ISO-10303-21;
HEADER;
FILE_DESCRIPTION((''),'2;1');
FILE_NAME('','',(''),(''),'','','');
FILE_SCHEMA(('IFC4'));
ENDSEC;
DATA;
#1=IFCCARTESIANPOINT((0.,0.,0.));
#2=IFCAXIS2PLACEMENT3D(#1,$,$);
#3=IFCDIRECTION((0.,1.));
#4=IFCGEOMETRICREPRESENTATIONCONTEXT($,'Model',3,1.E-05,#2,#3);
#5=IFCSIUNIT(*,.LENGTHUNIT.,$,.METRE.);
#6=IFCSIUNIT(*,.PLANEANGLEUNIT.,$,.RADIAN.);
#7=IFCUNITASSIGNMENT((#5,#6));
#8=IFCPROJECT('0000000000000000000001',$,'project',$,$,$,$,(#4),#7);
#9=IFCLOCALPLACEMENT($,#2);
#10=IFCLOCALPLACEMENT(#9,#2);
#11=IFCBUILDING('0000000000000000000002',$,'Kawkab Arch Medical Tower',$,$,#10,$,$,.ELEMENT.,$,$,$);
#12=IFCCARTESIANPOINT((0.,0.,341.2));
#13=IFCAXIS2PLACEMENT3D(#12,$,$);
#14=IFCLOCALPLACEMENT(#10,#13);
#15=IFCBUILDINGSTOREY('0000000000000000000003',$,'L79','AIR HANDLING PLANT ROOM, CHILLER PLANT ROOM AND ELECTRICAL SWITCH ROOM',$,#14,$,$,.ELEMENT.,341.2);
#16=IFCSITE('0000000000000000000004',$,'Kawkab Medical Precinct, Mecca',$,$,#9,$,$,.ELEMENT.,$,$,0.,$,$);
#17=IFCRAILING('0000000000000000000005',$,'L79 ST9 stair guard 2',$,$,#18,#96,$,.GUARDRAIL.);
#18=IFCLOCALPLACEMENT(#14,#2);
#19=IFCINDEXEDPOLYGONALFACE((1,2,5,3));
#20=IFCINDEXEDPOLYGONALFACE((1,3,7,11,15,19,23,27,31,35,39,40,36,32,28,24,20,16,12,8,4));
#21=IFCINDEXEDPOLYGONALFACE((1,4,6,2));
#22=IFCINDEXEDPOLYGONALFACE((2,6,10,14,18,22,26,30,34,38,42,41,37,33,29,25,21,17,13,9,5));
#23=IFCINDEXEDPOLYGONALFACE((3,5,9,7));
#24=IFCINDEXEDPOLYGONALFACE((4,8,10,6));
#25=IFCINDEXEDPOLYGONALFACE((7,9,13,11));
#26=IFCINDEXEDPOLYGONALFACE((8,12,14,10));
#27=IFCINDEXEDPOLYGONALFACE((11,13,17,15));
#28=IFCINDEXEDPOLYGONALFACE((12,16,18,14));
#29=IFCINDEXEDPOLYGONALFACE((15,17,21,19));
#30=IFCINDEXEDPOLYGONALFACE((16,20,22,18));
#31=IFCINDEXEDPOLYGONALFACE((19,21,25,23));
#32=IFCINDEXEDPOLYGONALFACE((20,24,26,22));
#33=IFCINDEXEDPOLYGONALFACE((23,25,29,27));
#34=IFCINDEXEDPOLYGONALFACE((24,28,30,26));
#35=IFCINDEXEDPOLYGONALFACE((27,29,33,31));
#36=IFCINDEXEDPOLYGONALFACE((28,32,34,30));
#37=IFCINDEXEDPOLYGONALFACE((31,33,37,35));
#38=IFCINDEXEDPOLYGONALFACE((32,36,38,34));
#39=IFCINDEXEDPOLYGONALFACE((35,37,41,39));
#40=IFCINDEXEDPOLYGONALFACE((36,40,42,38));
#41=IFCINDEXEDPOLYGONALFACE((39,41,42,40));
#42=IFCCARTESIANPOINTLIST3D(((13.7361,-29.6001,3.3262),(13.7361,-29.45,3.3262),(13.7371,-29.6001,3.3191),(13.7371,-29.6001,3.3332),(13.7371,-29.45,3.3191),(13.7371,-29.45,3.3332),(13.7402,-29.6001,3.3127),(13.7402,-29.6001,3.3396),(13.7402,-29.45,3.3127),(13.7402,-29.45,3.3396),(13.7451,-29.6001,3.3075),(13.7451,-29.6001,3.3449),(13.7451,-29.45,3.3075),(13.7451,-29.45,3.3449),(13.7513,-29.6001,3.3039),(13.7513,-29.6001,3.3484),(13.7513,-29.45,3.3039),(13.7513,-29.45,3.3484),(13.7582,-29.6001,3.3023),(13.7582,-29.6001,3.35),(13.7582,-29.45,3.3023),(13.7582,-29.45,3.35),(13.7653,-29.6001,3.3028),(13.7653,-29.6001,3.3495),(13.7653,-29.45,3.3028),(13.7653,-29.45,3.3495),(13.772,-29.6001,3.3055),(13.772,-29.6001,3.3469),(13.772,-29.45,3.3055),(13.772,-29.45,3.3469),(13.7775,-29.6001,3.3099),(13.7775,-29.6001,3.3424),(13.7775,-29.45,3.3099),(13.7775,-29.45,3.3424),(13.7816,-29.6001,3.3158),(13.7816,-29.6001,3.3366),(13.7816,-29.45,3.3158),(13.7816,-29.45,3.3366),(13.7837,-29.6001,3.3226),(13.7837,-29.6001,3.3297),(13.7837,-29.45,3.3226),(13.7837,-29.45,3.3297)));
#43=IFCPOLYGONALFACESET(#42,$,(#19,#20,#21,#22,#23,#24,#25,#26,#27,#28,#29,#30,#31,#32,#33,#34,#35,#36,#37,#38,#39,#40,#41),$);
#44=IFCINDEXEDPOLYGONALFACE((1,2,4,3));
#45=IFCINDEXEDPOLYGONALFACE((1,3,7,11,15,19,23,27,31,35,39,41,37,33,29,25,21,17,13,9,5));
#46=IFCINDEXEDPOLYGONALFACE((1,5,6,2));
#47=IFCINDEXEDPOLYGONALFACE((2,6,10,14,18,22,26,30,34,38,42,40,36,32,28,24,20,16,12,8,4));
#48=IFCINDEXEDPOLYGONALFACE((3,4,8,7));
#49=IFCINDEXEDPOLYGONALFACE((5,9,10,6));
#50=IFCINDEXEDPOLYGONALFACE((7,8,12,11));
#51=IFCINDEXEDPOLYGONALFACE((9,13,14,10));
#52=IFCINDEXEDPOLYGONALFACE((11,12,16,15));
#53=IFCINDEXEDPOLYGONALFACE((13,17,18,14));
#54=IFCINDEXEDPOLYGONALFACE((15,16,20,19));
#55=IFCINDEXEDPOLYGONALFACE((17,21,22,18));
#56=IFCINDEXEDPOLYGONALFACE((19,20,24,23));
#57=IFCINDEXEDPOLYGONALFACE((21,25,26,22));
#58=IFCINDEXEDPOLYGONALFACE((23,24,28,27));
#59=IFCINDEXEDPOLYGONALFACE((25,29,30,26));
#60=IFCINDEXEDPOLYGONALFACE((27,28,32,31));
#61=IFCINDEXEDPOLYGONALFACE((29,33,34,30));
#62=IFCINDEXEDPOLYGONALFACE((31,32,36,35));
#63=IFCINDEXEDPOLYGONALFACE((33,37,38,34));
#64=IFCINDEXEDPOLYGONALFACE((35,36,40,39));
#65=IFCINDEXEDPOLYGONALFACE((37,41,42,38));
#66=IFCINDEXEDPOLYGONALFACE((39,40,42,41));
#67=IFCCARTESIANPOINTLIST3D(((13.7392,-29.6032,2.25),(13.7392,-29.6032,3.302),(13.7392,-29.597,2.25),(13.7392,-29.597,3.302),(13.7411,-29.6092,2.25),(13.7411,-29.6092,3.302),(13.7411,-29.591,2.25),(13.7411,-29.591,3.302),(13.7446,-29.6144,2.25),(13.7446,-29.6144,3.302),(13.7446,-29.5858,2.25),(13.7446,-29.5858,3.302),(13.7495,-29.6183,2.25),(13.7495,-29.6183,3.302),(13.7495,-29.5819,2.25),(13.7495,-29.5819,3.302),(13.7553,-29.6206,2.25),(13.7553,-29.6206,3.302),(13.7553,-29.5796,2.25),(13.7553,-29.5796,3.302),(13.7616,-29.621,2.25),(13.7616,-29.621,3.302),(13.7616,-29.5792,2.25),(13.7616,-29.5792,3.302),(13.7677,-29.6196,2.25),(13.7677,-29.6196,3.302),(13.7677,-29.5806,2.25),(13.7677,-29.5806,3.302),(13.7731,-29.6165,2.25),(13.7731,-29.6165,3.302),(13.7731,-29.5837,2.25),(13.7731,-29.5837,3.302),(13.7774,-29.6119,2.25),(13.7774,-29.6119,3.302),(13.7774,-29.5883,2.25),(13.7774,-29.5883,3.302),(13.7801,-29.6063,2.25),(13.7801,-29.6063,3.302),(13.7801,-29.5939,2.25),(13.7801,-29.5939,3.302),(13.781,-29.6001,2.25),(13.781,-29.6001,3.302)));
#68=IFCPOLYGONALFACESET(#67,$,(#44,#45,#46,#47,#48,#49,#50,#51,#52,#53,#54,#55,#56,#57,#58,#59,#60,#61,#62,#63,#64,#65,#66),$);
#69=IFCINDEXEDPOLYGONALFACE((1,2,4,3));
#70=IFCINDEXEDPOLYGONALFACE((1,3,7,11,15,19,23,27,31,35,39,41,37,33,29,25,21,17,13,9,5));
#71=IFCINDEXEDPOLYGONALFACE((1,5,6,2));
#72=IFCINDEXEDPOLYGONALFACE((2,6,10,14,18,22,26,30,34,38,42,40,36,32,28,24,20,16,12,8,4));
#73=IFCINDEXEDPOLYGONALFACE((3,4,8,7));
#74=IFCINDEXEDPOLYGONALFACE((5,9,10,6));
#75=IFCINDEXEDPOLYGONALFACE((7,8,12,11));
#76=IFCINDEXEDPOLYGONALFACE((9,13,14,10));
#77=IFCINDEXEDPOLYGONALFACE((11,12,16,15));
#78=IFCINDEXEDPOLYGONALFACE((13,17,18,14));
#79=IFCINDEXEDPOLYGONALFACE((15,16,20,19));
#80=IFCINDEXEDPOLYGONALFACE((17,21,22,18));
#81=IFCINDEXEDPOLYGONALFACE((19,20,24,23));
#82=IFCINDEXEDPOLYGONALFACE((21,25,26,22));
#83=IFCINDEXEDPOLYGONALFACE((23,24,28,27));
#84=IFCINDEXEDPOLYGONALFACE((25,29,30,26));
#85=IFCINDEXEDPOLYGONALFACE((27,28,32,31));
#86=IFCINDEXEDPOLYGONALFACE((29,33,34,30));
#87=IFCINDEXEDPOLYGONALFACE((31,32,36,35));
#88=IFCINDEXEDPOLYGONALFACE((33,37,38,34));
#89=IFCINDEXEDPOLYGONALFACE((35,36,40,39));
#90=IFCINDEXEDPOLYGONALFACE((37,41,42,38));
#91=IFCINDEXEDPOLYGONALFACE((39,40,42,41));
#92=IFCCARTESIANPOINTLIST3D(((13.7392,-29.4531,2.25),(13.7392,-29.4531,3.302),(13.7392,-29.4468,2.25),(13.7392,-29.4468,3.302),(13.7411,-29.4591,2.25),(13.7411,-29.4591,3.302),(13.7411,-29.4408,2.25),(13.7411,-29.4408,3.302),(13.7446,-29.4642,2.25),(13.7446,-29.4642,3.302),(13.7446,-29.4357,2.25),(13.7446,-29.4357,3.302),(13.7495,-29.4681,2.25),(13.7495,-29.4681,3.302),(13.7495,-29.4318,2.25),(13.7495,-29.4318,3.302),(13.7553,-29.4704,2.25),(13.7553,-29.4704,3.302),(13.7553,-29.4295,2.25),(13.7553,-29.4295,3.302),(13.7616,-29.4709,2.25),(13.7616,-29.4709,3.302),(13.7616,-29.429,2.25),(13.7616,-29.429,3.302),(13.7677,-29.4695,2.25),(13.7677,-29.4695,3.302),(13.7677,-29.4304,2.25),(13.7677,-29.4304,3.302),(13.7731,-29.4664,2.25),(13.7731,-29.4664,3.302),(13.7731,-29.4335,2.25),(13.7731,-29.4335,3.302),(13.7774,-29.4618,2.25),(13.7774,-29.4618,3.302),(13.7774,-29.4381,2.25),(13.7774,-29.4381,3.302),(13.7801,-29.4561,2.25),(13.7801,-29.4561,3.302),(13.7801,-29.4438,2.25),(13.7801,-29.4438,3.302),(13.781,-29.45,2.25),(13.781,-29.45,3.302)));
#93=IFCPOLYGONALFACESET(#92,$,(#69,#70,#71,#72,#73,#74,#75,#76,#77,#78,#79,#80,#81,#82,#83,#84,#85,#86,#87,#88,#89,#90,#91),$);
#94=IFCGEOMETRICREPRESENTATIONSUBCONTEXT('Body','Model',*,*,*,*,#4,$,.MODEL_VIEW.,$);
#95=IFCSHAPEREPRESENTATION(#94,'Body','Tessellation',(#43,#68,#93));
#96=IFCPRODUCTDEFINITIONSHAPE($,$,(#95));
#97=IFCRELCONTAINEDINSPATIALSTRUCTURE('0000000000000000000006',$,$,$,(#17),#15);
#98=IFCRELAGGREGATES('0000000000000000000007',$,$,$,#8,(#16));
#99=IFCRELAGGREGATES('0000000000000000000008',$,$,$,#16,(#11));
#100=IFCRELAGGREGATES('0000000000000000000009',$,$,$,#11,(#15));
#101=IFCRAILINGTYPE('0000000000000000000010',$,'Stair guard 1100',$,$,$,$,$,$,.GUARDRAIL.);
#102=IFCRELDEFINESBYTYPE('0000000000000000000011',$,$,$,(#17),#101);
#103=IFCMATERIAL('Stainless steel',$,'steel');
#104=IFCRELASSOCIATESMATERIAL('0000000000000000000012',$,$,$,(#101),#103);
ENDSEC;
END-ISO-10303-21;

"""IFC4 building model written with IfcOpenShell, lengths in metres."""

from ifc_helpers import new_model, si_unit, direction, frame, origin, origin_2d, place, context, subcontext, project, spatial, circle, extrude, material, type_object, element, save


model = new_model("IFC4")

# Units and contexts
model_context = context("Model", 3, precision=1e-05, world=origin(), true_north=direction((0.0, 1.0)))
body_context = subcontext(model_context, "Body", "Model", "MODEL_VIEW")
ifc_project = project(units=[si_unit("LENGTHUNIT", "METRE"), si_unit("PLANEANGLEUNIT", "RADIAN")], contexts=[model_context])

# Site, building, storey
site_placement = place(None, origin())
site = spatial("IfcSite", under=ifc_project, at=site_placement, Name="Kawkab Medical Precinct, Mecca", CompositionType="ELEMENT", RefElevation=0.0)
building_placement = place(site_placement, origin())
building = spatial("IfcBuilding", under=site, at=building_placement, Name="Kawkab Arch Medical Tower", CompositionType="ELEMENT")
storey_placement = place(building_placement, frame((0.0, 0.0, 341.2)))
storey = spatial("IfcBuildingStorey", under=building, at=storey_placement, Name="L79", Description="AIR HANDLING PLANT ROOM, CHILLER PLANT ROOM AND ELECTRICAL SWITCH ROOM", CompositionType="ELEMENT", Elevation=341.2)

# Railing
ifc_material_1 = material(Name="Stainless steel", Category="steel")
railing_type = type_object("IfcRailingType", Name="Stair guard 1100", PredefinedType="GUARDRAIL", material=ifc_material_1)
railing_1_placement = place(storey_placement, frame((13.76, -29.6001, 2.25)))
element("IfcRailing", 1, at=railing_1_placement, inside=storey, type_object=railing_type, Name="L79 ST9 stair guard 2", PredefinedType="GUARDRAIL", context=body_context, shape_type="SweptSolid", body=[
    extrude(circle(Radius=0.0239, at=origin_2d()), frame((0.0, 0.0, 1.0762), z_axis=(0.0, 1.0, 0.0), x_axis=(-1.0, 0.0, 0.0)), (0.0, 0.0, 1.0), 0.1501),
    extrude(circle(Radius=0.021, at=origin_2d()), origin(), (0.0, 0.0, 1.0), 1.052),
    extrude(circle(Radius=0.021, at=origin_2d()), frame((0.0, 0.1501, 0.0)), (0.0, 0.0, 1.0), 1.052),
])

save(model, "model.ifc")
